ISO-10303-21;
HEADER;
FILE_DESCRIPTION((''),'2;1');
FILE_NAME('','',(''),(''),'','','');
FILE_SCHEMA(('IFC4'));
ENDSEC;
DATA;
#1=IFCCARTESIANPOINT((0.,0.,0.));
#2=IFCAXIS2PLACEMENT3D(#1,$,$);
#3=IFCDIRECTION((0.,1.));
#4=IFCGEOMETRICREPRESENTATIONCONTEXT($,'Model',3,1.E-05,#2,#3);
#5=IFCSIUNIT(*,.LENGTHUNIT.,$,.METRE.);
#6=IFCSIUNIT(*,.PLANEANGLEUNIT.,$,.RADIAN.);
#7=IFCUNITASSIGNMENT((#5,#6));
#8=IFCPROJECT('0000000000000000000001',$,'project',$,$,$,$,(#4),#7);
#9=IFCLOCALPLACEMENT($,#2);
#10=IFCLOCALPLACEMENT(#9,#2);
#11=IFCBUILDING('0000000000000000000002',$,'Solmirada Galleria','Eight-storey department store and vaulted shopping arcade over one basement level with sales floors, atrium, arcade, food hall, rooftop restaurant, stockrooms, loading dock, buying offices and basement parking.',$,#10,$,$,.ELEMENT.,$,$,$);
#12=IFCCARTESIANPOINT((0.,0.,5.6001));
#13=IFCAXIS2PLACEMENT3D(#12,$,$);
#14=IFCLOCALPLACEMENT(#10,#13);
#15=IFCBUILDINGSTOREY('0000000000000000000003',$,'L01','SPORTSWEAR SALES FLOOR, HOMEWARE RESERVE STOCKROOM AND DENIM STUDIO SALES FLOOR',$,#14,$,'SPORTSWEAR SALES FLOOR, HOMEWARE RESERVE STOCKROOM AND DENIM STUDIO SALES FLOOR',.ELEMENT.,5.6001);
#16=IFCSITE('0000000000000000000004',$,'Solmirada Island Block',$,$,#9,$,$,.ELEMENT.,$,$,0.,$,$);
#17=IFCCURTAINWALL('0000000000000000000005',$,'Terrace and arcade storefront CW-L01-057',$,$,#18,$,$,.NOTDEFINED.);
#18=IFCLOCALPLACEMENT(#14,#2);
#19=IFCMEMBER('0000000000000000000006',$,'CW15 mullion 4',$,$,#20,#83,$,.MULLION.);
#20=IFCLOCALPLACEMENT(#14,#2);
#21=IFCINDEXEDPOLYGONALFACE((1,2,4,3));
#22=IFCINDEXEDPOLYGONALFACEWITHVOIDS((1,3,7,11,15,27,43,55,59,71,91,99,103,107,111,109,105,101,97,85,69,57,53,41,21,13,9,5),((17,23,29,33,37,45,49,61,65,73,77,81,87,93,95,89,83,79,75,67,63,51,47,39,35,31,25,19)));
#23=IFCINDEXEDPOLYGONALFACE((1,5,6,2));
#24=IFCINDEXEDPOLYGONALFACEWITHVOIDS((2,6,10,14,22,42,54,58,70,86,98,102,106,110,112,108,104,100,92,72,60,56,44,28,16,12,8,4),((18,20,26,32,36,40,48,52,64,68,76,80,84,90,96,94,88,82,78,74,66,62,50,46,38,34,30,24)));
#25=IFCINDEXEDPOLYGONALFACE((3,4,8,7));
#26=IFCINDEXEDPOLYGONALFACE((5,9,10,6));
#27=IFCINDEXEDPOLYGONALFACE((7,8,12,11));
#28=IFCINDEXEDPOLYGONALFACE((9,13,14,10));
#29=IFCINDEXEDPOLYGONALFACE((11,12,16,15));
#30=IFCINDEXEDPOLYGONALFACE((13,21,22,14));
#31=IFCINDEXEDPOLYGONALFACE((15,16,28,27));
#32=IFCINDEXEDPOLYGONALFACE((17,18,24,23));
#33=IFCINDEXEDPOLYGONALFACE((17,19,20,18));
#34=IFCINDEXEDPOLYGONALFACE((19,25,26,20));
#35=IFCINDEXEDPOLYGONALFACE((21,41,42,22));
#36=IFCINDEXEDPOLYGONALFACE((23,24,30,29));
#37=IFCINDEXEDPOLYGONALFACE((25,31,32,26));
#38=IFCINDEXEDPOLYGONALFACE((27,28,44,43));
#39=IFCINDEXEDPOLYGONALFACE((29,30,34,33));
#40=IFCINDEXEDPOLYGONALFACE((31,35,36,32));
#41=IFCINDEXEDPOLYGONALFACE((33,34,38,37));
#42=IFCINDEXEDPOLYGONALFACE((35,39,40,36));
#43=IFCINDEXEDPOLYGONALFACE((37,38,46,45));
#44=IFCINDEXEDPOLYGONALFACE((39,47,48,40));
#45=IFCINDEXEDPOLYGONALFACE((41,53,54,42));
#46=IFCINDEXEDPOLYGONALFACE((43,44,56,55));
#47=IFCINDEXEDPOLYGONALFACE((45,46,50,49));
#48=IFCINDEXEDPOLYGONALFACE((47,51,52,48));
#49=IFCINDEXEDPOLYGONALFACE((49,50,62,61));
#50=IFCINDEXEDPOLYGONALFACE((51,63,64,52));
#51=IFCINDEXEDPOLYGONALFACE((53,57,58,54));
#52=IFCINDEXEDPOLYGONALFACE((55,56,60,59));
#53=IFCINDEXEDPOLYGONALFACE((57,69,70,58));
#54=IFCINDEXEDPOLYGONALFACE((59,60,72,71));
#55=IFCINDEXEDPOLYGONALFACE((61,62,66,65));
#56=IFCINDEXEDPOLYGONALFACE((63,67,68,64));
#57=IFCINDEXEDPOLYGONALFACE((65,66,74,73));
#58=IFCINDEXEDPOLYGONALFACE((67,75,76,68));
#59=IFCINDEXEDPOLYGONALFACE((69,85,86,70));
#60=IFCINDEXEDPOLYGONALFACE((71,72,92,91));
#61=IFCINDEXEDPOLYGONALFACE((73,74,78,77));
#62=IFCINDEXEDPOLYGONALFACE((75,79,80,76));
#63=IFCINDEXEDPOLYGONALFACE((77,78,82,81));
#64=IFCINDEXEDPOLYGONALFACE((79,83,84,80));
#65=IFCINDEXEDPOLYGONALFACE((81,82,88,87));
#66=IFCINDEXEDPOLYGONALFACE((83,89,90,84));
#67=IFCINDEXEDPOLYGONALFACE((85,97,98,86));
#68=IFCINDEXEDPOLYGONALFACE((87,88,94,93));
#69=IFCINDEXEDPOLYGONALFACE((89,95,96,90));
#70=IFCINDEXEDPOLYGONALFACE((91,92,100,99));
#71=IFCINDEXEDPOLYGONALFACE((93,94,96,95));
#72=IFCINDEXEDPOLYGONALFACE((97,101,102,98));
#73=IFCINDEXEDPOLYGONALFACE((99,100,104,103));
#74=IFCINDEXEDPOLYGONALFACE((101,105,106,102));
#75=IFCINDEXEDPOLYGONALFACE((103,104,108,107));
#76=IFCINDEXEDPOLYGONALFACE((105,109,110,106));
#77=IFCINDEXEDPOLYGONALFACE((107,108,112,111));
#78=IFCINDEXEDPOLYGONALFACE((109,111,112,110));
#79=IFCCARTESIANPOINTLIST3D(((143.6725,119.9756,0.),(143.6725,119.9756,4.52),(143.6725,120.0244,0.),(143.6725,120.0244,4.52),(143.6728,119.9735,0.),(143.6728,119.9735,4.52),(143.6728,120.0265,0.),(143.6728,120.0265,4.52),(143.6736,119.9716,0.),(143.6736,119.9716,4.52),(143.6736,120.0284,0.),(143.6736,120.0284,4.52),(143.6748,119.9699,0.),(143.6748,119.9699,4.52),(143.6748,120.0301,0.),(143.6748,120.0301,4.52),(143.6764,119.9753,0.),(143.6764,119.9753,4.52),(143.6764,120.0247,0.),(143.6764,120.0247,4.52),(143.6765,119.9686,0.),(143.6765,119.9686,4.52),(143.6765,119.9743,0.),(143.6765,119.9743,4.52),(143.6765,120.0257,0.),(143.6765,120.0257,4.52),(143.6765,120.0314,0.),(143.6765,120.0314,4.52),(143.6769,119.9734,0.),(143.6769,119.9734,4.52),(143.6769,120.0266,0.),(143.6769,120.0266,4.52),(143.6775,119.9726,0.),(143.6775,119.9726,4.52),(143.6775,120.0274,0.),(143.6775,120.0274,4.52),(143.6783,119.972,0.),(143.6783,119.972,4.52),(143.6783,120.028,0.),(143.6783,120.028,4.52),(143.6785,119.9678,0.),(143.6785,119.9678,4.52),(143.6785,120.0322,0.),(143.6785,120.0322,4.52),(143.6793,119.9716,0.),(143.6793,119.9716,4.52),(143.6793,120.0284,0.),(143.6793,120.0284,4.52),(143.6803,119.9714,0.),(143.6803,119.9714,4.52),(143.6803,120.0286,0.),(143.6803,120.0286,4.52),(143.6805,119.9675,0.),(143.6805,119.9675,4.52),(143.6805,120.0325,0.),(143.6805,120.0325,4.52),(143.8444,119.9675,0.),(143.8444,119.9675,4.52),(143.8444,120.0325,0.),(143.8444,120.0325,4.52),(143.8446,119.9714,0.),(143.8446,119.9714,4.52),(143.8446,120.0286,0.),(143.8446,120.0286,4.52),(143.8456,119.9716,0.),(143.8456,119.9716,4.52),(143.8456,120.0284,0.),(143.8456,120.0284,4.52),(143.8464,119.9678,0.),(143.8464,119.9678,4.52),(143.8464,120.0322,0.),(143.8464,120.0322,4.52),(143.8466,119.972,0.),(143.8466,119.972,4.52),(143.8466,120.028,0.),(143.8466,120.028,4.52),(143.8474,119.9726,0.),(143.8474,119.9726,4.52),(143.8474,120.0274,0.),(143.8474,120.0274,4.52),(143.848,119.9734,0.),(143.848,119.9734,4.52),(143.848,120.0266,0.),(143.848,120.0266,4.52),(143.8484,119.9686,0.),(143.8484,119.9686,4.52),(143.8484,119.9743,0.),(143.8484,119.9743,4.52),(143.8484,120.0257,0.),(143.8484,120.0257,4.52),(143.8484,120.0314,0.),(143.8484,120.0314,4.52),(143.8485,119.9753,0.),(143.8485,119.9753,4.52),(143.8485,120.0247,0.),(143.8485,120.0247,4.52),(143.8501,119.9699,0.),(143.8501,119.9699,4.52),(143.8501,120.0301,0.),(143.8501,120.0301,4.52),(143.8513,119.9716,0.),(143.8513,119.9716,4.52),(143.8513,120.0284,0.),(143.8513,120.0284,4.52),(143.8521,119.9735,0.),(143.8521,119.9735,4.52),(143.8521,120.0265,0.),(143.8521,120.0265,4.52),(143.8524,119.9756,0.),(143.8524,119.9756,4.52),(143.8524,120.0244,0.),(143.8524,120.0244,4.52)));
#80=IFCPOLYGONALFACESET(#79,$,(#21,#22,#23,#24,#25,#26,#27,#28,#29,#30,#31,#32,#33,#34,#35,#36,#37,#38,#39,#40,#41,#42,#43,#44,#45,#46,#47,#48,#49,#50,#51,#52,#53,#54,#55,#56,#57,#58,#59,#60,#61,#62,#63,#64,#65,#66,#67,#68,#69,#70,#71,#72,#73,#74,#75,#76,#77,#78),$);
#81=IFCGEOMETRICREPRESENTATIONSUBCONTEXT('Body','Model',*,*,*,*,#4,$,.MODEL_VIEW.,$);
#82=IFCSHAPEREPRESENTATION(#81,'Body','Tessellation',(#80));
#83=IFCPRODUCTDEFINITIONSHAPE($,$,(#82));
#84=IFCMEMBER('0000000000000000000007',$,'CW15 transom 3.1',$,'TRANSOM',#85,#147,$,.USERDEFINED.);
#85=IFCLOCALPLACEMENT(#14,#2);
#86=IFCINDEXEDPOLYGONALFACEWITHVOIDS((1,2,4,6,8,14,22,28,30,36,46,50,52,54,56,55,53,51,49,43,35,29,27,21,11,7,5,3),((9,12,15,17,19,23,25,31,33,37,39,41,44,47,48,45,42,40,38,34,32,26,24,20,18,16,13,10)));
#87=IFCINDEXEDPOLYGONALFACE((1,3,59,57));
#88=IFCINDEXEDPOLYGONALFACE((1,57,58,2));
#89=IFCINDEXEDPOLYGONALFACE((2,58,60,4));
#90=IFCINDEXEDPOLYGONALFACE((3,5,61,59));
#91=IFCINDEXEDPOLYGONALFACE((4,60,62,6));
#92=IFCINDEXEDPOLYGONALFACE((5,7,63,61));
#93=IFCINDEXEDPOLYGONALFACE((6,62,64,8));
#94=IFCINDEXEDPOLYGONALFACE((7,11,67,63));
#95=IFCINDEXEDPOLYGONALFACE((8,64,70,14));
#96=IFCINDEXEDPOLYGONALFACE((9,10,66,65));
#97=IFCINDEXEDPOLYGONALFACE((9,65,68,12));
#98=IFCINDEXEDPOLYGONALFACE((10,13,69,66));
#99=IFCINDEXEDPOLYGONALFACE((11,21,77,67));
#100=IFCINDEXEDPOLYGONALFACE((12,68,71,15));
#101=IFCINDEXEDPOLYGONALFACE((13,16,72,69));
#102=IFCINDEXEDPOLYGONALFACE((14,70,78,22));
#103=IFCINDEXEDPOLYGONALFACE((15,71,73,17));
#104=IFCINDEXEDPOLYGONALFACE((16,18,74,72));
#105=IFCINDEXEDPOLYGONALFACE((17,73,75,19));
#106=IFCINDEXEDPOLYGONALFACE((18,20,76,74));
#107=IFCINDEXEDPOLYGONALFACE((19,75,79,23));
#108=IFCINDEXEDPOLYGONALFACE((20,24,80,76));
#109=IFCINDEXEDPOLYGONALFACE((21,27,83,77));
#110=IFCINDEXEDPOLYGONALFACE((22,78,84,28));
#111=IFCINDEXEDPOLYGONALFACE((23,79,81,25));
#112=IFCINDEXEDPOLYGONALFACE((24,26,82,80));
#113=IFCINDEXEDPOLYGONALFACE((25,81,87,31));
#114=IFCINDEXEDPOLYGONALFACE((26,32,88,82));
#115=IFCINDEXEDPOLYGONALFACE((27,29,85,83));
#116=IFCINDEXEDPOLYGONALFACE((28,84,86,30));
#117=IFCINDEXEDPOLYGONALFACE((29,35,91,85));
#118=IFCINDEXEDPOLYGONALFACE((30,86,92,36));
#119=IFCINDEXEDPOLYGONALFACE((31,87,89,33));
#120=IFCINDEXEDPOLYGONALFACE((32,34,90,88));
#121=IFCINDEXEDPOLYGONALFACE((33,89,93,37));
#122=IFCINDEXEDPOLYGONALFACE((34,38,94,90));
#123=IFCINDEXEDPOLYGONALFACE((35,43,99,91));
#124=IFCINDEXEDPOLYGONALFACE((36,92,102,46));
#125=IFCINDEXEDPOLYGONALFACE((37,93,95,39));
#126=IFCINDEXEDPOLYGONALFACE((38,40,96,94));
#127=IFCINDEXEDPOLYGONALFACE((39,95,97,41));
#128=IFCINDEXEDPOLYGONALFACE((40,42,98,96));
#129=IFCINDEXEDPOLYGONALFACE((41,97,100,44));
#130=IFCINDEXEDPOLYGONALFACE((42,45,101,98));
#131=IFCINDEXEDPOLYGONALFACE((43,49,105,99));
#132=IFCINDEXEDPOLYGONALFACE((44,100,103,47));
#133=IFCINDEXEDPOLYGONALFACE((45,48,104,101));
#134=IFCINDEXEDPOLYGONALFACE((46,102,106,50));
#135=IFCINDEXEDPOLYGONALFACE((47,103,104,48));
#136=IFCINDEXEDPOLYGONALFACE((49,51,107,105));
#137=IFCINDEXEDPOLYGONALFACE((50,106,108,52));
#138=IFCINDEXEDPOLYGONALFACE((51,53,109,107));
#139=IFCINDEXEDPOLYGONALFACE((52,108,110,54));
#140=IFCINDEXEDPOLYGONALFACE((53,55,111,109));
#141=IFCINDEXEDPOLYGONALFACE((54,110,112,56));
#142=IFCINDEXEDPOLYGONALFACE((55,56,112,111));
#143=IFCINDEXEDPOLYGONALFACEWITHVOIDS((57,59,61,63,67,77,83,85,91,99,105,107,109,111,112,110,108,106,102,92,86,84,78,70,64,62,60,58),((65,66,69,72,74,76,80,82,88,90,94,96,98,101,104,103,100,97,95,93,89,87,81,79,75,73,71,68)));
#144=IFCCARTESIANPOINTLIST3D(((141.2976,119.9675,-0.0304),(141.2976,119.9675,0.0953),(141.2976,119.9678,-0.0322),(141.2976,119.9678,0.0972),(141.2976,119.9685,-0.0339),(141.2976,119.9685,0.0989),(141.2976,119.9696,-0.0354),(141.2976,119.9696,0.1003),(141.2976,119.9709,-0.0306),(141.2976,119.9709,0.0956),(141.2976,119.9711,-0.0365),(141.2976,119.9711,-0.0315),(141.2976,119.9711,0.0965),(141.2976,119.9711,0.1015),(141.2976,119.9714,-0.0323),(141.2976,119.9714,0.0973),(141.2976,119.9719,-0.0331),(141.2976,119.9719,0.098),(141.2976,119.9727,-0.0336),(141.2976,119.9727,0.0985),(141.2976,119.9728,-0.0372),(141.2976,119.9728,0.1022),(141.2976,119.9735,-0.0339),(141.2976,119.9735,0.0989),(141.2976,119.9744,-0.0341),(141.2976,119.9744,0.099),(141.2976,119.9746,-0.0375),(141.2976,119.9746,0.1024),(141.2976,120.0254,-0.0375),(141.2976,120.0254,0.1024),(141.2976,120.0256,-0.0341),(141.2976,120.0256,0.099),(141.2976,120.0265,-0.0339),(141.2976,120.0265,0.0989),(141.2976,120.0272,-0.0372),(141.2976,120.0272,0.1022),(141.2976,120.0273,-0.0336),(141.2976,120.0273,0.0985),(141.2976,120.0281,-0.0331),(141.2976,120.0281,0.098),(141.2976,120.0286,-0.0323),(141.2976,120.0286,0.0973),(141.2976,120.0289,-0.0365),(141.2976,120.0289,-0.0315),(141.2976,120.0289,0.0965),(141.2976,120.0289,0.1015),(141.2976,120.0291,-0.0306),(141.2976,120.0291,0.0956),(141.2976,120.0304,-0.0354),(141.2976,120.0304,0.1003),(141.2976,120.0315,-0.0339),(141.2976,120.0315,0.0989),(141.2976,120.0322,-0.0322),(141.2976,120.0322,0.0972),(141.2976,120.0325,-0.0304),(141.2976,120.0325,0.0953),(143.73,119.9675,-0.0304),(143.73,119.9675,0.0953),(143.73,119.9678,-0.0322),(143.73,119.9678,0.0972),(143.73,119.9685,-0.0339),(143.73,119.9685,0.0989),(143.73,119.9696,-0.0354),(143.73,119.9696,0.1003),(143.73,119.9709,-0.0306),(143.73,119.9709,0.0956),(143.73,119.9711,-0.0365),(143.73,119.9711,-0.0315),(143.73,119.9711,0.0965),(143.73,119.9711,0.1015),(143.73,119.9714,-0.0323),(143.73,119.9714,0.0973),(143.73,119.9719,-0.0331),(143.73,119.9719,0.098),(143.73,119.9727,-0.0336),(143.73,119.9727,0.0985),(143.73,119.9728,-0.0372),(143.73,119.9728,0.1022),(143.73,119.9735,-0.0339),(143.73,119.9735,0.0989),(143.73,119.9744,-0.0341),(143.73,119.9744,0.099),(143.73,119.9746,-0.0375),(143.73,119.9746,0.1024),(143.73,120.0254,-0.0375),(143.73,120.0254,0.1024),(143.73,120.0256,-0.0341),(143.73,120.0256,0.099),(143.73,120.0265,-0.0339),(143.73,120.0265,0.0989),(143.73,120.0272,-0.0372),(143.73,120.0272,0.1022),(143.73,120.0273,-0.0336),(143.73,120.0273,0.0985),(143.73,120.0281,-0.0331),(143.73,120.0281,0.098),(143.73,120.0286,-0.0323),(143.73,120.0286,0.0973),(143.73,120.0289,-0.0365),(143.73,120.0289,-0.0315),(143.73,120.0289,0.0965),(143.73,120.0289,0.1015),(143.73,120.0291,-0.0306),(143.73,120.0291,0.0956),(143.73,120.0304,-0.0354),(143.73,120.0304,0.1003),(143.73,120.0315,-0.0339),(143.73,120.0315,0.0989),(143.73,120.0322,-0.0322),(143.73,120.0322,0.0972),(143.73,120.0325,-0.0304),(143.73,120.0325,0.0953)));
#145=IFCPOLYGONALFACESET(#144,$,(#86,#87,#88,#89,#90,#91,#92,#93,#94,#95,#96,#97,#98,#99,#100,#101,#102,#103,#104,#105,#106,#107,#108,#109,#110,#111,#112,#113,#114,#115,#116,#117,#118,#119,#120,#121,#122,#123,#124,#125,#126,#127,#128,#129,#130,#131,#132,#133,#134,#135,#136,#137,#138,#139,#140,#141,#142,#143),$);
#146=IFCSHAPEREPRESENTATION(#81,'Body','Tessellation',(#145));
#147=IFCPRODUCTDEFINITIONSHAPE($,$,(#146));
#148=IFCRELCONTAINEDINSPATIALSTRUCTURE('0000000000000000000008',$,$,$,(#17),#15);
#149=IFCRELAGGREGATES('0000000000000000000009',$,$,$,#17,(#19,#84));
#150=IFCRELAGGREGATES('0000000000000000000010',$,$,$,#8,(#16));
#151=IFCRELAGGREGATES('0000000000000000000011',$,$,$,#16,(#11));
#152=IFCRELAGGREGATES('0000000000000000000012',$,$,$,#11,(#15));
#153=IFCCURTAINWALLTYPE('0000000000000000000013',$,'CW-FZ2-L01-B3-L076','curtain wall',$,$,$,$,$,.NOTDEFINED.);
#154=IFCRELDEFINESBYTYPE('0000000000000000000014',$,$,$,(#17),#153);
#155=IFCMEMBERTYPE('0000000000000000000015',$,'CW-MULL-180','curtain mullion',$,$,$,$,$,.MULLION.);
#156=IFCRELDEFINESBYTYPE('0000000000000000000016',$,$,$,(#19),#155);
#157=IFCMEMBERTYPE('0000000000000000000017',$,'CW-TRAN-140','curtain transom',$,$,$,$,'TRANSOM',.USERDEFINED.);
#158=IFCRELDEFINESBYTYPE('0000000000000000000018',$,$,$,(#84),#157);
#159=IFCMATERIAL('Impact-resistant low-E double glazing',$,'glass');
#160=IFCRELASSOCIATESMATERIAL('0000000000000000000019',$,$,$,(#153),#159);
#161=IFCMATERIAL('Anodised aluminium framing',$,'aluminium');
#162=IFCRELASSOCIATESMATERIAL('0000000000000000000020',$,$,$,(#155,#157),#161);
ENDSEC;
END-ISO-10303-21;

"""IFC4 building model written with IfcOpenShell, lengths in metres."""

from ifc_helpers import new_model, si_unit, direction, frame, origin, origin_2d, place, context, subcontext, project, spatial, hollow_rectangle, extrude, material, material_profile, profile_set, type_object, element, aggregate, save


model = new_model("IFC4")

# Units and contexts
model_context = context("Model", 3, precision=1e-05, world=origin(), true_north=direction((0.0, 1.0)))
body_context = subcontext(model_context, "Body", "Model", "MODEL_VIEW")
ifc_project = project(units=[si_unit("LENGTHUNIT", "METRE"), si_unit("PLANEANGLEUNIT", "RADIAN")], contexts=[model_context])

# Site, building, storey
site_placement = place(None, origin())
site = spatial("IfcSite", under=ifc_project, at=site_placement, Name="Solmirada Island Block", CompositionType="ELEMENT", RefElevation=0.0)
building_placement = place(site_placement, origin())
building = spatial("IfcBuilding", under=site, at=building_placement, Name="Solmirada Galleria", Description="Eight-storey department store and vaulted shopping arcade over one basement level with sales floors, atrium, arcade, food hall, rooftop restaurant, stockrooms, loading dock, buying offices and basement parking.", CompositionType="ELEMENT")
storey_placement = place(building_placement, frame((0.0, 0.0, 5.6001)))
storey = spatial("IfcBuildingStorey", under=building, at=storey_placement, Name="L01", Description="SPORTSWEAR SALES FLOOR, HOMEWARE RESERVE STOCKROOM AND DENIM STUDIO SALES FLOOR", LongName="SPORTSWEAR SALES FLOOR, HOMEWARE RESERVE STOCKROOM AND DENIM STUDIO SALES FLOOR", CompositionType="ELEMENT", Elevation=5.6001)

# Curtain wall, members
ifc_material_1 = material(Name="Impact-resistant low-E double glazing", Category="glass")
curtain_wall_type = type_object("IfcCurtainWallType", Name="CW-FZ2-L01-B3-L076", Description="curtain wall", PredefinedType="NOTDEFINED", material=ifc_material_1)
curtain_wall_placement = place(storey_placement, origin())
curtain_wall = element("IfcCurtainWall", 1, at=curtain_wall_placement, inside=storey, type_object=curtain_wall_type, Name="Terrace and arcade storefront CW-L01-057", PredefinedType="NOTDEFINED")
ifc_material_2 = material(Name="Anodised aluminium framing", Category="aluminium")
ifc_material_profile_1 = material_profile(ifc_material_2, hollow_rectangle(XDim=0.0649, YDim=0.1799, WallThickness=0.0039, InnerFilletRadius=0.0039, OuterFilletRadius=0.0081, at=origin_2d()), Name="ALU-MULL-180X65")
ifc_profile_set_1 = profile_set([ifc_material_profile_1], Name="Anodised aluminium framing")
member_type_1 = type_object("IfcMemberType", Name="CW-MULL-180", Description="curtain mullion", PredefinedType="MULLION", material=ifc_profile_set_1)
member_1_placement = place(storey_placement, frame((143.7625, 120.0, 0.0), z_axis=(0.0, 0.0, 1.0), x_axis=(0.0, 1.0, 0.0)))
member_1 = element("IfcMember", 2, at=member_1_placement, type_object=member_type_1, Name="CW15 mullion 4", PredefinedType="MULLION", context=body_context, shape_type="SweptSolid", body=[
    extrude(hollow_rectangle(XDim=0.0649, YDim=0.1799, WallThickness=0.0039, InnerFilletRadius=0.0039, OuterFilletRadius=0.0081, at=origin_2d()), origin(), (0.0, 0.0, 1.0), 4.52),
])
ifc_material_profile_2 = material_profile(ifc_material_2, hollow_rectangle(XDim=0.0649, YDim=0.1399, WallThickness=0.0034, InnerFilletRadius=0.0034, OuterFilletRadius=0.0071, at=origin_2d()), Name="ALU-TRAN-140X65")
ifc_profile_set_2 = profile_set([ifc_material_profile_2], Name="Anodised aluminium framing")
member_type_2 = type_object("IfcMemberType", Name="CW-TRAN-140", Description="curtain transom", ElementType="TRANSOM", PredefinedType="USERDEFINED", material=ifc_profile_set_2)
member_2_placement = place(storey_placement, frame((141.2976, 120.0, 0.0325), z_axis=(1.0, 0.0, 0.0), x_axis=(0.0, 1.0, 0.0)))
member_2 = element("IfcMember", 3, at=member_2_placement, type_object=member_type_2, Name="CW15 transom 3.1", ObjectType="TRANSOM", PredefinedType="USERDEFINED", context=body_context, shape_type="SweptSolid", body=[
    extrude(hollow_rectangle(XDim=0.0649, YDim=0.1399, WallThickness=0.0034, InnerFilletRadius=0.0034, OuterFilletRadius=0.0071, at=origin_2d()), origin(), (0.0, 0.0, 1.0), 2.4324),
])
aggregate(curtain_wall, [member_1, member_2])

save(model, "model.ifc")
